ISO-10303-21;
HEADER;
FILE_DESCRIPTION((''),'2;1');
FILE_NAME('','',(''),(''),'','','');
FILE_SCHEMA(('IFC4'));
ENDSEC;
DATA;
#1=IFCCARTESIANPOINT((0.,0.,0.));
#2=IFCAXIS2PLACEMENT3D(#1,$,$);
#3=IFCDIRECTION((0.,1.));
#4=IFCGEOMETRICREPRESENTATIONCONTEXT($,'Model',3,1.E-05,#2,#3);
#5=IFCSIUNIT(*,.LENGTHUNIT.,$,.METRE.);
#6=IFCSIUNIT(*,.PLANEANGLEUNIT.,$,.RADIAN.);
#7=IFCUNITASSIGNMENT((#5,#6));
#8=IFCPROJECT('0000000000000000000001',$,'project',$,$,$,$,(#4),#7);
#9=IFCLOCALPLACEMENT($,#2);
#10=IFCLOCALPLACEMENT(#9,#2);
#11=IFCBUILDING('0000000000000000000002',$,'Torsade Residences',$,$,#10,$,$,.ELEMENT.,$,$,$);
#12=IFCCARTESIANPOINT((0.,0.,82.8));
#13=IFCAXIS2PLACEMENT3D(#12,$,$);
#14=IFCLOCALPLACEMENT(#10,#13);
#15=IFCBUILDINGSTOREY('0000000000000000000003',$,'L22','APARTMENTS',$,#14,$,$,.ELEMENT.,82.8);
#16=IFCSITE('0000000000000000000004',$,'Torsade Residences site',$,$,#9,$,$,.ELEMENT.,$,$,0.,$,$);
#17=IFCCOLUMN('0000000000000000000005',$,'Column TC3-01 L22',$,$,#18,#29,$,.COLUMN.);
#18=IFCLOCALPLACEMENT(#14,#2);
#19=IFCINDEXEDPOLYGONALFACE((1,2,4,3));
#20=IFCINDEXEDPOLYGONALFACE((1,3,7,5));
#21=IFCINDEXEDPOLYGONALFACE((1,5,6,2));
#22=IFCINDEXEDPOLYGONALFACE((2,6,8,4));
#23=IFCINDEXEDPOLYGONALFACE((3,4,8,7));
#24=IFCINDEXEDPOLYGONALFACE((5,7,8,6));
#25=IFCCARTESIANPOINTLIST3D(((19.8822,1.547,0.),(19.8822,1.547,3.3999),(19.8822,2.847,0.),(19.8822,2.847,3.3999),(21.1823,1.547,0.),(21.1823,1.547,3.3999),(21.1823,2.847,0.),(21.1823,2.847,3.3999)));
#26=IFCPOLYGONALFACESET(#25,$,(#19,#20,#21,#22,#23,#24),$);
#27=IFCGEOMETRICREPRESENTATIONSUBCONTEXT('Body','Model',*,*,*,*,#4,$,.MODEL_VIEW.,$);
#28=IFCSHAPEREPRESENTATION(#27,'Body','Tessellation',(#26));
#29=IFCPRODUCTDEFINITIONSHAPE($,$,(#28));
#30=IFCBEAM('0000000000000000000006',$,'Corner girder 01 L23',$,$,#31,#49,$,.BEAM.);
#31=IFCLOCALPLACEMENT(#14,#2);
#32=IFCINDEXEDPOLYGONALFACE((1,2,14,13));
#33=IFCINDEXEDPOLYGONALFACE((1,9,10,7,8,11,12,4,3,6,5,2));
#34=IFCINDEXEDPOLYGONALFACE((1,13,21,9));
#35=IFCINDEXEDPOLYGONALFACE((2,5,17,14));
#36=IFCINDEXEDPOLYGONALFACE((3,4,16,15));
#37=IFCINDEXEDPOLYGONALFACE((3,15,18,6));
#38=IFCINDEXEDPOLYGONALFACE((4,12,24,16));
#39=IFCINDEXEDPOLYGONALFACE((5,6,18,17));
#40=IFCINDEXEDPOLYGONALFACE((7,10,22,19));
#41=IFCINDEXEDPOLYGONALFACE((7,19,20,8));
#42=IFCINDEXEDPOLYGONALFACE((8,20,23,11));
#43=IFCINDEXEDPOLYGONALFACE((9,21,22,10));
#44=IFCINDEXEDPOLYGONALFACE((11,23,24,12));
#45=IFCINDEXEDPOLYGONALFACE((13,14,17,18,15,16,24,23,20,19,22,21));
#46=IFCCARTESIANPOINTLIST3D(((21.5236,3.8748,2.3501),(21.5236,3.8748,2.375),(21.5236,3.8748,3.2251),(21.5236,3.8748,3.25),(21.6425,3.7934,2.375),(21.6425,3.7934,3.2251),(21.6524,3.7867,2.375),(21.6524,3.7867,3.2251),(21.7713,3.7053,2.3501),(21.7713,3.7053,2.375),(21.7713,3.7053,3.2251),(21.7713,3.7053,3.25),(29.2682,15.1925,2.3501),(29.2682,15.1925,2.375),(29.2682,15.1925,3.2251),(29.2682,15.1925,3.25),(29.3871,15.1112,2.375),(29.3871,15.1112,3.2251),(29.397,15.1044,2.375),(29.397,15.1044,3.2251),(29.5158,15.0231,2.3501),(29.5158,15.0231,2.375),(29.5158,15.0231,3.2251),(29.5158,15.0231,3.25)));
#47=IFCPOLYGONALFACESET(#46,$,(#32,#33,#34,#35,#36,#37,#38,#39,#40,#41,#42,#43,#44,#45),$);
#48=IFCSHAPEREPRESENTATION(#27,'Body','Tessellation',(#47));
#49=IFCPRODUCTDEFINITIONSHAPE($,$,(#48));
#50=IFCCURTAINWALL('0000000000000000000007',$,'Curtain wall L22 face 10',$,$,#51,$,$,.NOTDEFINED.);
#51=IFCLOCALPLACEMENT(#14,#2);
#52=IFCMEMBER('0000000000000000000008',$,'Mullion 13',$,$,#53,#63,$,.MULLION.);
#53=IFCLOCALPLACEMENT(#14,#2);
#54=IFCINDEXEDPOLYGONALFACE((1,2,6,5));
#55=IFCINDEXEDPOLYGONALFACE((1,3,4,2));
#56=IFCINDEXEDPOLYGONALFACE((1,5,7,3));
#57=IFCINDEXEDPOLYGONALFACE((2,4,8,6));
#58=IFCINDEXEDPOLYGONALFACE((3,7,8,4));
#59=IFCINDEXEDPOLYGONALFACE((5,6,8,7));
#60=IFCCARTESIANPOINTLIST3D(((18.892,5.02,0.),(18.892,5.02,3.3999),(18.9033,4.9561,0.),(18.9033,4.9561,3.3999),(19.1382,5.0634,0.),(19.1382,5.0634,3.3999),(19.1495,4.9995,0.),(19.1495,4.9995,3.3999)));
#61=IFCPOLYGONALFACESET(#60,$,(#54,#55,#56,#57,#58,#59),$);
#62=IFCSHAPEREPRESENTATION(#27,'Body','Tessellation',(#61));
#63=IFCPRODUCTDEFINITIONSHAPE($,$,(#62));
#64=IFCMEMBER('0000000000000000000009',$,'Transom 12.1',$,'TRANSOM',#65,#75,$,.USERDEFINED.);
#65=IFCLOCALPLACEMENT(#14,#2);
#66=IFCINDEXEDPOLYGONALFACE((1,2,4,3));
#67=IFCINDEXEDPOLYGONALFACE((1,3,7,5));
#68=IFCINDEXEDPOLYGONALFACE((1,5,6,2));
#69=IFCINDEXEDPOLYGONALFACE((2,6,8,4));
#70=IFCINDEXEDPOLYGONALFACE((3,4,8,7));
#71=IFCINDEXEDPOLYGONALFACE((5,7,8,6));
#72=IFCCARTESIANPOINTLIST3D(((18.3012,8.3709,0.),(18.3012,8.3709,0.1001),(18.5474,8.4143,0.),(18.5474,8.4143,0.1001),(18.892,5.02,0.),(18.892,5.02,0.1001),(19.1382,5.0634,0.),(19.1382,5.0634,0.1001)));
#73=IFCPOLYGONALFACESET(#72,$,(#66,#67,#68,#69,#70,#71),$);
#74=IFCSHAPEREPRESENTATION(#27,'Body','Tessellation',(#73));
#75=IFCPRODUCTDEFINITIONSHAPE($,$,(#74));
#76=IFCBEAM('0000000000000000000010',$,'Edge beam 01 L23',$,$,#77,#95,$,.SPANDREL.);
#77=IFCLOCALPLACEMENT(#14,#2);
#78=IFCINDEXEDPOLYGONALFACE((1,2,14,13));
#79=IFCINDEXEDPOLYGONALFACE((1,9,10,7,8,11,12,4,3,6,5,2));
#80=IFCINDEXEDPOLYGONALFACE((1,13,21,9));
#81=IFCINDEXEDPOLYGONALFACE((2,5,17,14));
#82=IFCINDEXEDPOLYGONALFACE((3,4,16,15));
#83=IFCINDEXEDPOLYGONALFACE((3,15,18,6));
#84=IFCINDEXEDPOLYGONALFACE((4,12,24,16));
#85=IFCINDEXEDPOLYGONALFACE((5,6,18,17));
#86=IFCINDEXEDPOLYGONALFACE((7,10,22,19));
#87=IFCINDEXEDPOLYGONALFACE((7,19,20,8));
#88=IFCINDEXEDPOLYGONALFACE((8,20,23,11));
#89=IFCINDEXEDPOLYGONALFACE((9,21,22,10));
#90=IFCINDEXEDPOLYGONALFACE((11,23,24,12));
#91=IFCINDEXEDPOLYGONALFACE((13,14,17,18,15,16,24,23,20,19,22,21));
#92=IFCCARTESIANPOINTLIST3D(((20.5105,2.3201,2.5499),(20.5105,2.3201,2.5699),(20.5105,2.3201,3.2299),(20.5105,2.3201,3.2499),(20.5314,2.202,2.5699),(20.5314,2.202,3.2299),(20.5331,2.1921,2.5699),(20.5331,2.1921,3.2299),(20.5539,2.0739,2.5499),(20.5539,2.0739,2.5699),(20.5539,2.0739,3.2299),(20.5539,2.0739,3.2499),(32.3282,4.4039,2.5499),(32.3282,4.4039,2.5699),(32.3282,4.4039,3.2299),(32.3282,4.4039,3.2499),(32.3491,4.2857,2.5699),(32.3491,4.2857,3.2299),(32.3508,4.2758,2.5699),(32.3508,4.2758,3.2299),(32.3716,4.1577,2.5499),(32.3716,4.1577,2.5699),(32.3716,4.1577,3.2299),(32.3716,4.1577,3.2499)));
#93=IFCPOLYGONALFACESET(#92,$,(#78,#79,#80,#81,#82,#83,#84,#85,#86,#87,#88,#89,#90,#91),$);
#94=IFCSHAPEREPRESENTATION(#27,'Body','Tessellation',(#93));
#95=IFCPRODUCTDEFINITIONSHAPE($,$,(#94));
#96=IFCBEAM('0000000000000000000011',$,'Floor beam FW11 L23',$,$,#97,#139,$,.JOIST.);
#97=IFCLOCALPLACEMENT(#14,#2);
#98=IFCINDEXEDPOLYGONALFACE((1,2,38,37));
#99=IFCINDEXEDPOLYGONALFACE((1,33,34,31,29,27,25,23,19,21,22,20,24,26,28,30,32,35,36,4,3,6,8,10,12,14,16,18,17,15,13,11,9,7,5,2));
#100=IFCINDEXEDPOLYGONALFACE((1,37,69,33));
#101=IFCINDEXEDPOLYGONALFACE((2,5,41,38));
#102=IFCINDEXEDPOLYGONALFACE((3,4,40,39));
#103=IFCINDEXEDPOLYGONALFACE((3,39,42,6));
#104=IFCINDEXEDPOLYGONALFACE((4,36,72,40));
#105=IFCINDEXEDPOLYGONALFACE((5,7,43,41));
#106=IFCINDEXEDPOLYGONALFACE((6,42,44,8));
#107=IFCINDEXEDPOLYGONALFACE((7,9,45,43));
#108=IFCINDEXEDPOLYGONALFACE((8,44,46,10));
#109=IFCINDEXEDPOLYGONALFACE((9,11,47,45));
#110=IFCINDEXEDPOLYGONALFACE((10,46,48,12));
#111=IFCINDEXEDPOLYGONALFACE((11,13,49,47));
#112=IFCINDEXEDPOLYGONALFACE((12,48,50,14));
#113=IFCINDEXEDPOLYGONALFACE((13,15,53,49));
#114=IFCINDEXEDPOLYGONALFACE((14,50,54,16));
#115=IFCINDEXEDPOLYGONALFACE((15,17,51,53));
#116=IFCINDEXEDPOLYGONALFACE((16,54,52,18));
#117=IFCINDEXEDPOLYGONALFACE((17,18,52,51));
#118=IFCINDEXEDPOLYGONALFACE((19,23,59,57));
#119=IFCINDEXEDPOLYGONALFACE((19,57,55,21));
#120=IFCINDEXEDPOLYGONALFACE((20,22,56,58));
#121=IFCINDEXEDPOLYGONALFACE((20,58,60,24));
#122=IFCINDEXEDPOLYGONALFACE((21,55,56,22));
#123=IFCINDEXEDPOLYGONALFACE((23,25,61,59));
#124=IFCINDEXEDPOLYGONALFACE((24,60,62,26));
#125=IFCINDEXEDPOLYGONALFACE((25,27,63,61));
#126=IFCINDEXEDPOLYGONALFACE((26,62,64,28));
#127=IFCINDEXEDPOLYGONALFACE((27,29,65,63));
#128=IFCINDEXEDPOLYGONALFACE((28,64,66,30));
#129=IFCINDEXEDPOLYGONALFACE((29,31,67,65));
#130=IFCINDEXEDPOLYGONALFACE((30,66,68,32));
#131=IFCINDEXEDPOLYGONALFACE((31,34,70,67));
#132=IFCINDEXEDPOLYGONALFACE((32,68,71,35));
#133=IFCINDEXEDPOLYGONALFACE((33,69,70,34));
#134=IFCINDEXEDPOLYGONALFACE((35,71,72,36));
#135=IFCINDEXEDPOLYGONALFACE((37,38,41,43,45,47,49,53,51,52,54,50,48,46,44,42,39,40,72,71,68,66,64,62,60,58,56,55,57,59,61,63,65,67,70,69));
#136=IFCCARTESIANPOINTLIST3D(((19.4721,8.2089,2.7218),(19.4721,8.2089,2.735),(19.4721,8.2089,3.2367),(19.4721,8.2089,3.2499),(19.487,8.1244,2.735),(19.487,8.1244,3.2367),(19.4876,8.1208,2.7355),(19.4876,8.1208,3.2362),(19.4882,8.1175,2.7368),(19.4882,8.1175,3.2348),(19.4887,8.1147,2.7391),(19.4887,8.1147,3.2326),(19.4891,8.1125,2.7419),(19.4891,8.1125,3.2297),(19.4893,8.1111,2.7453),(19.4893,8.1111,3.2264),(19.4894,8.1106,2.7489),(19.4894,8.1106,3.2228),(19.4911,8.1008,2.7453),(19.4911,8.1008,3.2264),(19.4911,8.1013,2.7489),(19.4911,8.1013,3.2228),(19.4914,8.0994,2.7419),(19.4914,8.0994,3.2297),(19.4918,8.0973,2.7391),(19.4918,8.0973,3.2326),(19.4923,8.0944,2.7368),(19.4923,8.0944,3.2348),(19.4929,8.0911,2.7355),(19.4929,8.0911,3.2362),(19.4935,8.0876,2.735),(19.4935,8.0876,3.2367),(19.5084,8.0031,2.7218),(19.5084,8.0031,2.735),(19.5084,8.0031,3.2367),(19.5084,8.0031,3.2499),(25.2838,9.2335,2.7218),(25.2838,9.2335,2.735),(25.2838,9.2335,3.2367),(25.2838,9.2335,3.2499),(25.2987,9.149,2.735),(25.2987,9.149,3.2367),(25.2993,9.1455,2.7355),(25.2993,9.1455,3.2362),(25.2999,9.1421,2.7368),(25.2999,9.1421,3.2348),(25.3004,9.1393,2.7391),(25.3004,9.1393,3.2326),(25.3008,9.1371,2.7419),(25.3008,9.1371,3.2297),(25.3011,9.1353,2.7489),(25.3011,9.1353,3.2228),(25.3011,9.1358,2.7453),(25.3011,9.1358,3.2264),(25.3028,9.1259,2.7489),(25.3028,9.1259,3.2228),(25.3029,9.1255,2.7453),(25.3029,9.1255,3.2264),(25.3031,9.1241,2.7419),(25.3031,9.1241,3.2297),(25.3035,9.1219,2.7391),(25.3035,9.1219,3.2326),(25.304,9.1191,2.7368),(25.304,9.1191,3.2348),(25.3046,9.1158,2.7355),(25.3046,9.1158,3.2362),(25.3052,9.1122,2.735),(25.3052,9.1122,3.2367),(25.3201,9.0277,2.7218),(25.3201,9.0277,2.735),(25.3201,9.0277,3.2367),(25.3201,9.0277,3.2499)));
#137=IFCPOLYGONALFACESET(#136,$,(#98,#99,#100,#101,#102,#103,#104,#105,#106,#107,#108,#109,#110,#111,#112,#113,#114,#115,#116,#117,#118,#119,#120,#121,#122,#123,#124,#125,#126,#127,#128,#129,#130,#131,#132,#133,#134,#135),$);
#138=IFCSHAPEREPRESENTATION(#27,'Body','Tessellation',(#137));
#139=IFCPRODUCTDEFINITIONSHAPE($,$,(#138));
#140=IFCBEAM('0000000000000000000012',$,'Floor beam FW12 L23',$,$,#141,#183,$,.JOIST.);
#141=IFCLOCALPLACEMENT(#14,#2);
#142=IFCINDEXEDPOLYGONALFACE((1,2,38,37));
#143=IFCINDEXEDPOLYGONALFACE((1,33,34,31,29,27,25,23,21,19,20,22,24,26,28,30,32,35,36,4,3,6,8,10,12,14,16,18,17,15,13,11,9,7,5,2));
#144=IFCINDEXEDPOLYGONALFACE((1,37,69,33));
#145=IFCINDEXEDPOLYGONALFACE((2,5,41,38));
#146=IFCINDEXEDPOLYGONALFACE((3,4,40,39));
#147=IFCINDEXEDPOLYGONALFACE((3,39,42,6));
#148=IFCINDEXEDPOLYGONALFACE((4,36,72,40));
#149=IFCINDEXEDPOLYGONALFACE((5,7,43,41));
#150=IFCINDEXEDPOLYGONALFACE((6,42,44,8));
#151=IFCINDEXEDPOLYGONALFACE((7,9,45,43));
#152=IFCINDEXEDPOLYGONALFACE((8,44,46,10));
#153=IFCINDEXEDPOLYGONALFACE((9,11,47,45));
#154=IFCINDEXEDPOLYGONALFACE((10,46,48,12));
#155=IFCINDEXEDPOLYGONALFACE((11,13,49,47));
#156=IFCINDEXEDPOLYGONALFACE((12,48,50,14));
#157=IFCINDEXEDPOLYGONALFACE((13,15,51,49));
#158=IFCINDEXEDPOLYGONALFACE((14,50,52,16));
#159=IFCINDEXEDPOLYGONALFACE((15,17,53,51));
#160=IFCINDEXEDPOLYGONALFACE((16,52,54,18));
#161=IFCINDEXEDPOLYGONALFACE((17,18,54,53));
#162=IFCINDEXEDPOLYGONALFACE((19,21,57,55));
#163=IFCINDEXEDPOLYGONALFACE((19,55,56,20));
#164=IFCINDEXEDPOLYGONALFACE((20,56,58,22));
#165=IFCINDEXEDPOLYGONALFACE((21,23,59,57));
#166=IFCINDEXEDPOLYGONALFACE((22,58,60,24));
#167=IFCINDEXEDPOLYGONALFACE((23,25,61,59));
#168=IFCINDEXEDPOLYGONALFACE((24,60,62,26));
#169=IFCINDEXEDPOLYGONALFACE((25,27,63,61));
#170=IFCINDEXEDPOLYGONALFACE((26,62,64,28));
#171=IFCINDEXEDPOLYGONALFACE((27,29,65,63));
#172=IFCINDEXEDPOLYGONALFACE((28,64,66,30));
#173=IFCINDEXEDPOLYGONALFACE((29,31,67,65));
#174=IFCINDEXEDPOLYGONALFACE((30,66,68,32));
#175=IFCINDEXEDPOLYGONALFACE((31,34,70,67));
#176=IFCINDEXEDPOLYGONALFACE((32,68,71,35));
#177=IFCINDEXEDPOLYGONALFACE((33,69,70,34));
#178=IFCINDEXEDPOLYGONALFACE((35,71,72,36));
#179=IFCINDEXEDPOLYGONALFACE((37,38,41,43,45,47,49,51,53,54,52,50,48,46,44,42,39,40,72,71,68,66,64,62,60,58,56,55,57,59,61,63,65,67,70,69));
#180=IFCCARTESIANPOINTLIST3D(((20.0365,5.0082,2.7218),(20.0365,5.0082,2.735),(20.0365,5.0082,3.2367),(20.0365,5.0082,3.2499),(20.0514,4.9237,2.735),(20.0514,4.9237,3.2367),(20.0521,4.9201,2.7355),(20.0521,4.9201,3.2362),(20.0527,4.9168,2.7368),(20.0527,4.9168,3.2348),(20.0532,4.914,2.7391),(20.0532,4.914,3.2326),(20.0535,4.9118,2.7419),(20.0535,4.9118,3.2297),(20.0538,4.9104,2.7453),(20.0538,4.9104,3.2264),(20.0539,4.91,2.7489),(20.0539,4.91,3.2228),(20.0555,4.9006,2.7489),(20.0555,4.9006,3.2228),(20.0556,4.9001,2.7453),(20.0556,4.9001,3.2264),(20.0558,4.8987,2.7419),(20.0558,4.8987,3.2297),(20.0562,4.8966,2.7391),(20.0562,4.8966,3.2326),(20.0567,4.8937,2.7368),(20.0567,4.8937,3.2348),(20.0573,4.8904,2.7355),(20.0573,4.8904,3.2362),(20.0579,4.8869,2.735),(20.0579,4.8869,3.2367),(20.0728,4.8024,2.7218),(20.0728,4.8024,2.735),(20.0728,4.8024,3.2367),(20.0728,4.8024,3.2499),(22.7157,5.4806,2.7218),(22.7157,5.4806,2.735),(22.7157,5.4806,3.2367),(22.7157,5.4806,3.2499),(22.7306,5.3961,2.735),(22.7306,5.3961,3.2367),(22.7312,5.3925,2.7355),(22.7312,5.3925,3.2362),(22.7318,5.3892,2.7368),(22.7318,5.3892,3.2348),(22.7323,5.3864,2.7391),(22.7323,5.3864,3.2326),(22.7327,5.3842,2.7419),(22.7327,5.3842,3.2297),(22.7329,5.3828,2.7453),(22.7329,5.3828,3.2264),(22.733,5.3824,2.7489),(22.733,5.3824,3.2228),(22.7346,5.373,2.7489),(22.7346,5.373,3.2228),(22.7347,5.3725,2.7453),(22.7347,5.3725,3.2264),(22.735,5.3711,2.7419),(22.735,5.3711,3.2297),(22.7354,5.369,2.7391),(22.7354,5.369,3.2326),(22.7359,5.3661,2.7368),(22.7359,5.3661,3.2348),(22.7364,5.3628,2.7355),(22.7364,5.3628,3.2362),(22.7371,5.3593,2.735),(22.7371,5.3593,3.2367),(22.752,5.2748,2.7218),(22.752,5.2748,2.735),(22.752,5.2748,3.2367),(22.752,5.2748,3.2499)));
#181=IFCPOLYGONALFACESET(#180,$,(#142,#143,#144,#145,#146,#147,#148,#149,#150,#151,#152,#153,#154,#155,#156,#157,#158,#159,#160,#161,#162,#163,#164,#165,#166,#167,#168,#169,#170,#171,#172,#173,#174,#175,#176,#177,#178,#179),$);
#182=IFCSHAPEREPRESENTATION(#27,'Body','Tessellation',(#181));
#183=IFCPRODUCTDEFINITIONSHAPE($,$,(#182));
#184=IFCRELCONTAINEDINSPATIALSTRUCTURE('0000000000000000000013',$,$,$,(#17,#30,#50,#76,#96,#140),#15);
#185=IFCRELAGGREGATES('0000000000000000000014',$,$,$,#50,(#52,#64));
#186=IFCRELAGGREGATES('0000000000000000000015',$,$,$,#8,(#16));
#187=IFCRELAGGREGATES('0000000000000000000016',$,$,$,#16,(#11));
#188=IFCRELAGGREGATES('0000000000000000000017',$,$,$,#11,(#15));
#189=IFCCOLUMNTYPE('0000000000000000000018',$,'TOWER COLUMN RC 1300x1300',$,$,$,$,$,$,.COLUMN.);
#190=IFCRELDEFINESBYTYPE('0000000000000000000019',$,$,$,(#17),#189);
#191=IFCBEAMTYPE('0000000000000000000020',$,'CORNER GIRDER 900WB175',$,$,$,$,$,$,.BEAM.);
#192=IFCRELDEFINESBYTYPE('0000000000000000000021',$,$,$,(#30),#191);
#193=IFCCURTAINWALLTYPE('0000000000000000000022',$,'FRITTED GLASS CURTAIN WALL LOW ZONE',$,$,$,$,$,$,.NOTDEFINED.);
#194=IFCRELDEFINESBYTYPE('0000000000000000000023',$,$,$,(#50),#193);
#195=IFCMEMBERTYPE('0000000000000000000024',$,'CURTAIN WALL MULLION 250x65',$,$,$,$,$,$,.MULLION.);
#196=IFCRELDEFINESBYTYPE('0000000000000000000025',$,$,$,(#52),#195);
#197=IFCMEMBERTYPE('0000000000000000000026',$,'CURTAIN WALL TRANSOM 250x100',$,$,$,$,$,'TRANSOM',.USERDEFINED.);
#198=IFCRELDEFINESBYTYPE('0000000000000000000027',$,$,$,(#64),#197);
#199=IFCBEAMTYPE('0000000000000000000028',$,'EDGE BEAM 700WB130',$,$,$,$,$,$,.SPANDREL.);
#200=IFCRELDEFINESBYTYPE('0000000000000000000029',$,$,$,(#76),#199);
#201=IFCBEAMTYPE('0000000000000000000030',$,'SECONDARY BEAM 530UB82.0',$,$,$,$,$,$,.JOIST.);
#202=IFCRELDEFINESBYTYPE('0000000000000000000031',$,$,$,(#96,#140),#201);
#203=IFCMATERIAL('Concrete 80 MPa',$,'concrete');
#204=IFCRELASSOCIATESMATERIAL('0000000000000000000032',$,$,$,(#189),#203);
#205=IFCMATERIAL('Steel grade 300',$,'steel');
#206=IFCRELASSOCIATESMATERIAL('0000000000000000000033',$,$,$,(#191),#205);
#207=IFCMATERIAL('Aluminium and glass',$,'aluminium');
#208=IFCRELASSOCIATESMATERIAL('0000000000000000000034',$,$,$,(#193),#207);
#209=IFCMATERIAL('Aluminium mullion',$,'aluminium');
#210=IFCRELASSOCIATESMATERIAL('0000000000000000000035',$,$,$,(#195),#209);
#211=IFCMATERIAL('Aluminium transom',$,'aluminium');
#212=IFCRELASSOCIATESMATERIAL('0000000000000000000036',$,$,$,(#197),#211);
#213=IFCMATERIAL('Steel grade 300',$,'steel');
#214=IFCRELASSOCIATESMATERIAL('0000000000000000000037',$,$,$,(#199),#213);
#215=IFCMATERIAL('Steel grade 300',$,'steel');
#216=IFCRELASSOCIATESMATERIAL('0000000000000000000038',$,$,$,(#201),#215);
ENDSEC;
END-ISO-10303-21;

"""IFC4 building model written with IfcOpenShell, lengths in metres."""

from ifc_helpers import new_model, si_unit, direction, frame, origin, origin_2d, place, context, subcontext, project, spatial, rectangle, i_section, extrude, material, material_profile, profile_set, type_object, element, aggregate, save


model = new_model("IFC4")

# Units and contexts
model_context = context("Model", 3, precision=1e-05, world=origin(), true_north=direction((0.0, 1.0)))
body_context = subcontext(model_context, "Body", "Model", "MODEL_VIEW")
ifc_project = project(units=[si_unit("LENGTHUNIT", "METRE"), si_unit("PLANEANGLEUNIT", "RADIAN")], contexts=[model_context])

# Site, building, storey
site_placement = place(None, origin())
site = spatial("IfcSite", under=ifc_project, at=site_placement, Name="Torsade Residences site", CompositionType="ELEMENT", RefElevation=0.0)
building_placement = place(site_placement, origin())
building = spatial("IfcBuilding", under=site, at=building_placement, Name="Torsade Residences", CompositionType="ELEMENT")
storey_placement = place(building_placement, frame((0.0, 0.0, 82.8)))
storey = spatial("IfcBuildingStorey", under=building, at=storey_placement, Name="L22", Description="APARTMENTS", CompositionType="ELEMENT", Elevation=82.8)

# Column
ifc_material_1 = material(Name="Concrete 80 MPa", Category="concrete")
ifc_material_profile_1 = material_profile(ifc_material_1, rectangle(XDim=1.3, YDim=1.3, at=origin_2d()), Name="RC 1300x1300")
ifc_profile_set_1 = profile_set([ifc_material_profile_1], Name="Concrete 80 MPa")
column_type = type_object("IfcColumnType", Name="TOWER COLUMN RC 1300x1300", PredefinedType="COLUMN", material=ifc_profile_set_1)
column_placement = place(storey_placement, frame((20.5322, 2.197, 0.0), z_axis=(0.0, 0.0, 1.0), x_axis=(1.0, 0.0, 0.0)))
element("IfcColumn", 1, at=column_placement, inside=storey, type_object=column_type, Name="Column TC3-01 L22", PredefinedType="COLUMN", context=body_context, shape_type="SweptSolid", body=[
    extrude(rectangle(XDim=1.3, YDim=1.3, at=origin_2d()), origin(), (0.0, 0.0, 1.0), 3.3999),
])

# Beam
ifc_material_2 = material(Name="Steel grade 300", Category="steel")
ifc_material_profile_2 = material_profile(ifc_material_2, i_section(OverallWidth=0.3, OverallDepth=0.8999, WebThickness=0.012, FlangeThickness=0.0249, at=origin_2d()), Name="900WB175")
ifc_profile_set_2 = profile_set([ifc_material_profile_2], Name="Steel grade 300")
beam_type_1 = type_object("IfcBeamType", Name="CORNER GIRDER 900WB175", PredefinedType="BEAM", material=ifc_profile_set_2)
beam_1_placement = place(storey_placement, frame((21.6475, 3.79, 2.8), z_axis=(0.564725, 0.825279, 0.0), x_axis=(-0.825279, 0.564725, 0.0)))
element("IfcBeam", 2, at=beam_1_placement, inside=storey, type_object=beam_type_1, Name="Corner girder 01 L23", PredefinedType="BEAM", context=body_context, shape_type="SweptSolid", body=[
    extrude(i_section(OverallWidth=0.3, OverallDepth=0.8999, WebThickness=0.012, FlangeThickness=0.0249, at=origin_2d()), origin(), (0.0, 0.0, 1.0), 13.7139),
])

# Curtain wall, members
ifc_material_3 = material(Name="Aluminium and glass", Category="aluminium")
curtain_wall_type = type_object("IfcCurtainWallType", Name="FRITTED GLASS CURTAIN WALL LOW ZONE", PredefinedType="NOTDEFINED", material=ifc_material_3)
curtain_wall_placement = place(storey_placement, origin())
curtain_wall = element("IfcCurtainWall", 3, at=curtain_wall_placement, inside=storey, type_object=curtain_wall_type, Name="Curtain wall L22 face 10", PredefinedType="NOTDEFINED")
ifc_material_4 = material(Name="Aluminium mullion", Category="aluminium")
ifc_material_profile_3 = material_profile(ifc_material_4, rectangle(XDim=0.25, YDim=0.0649, at=origin_2d()), Name="CURTAIN WALL MULLION 250x65")
ifc_profile_set_3 = profile_set([ifc_material_profile_3], Name="Aluminium mullion")
member_type_1 = type_object("IfcMemberType", Name="CURTAIN WALL MULLION 250x65", PredefinedType="MULLION", material=ifc_profile_set_3)
member_1_placement = place(storey_placement, frame((19.0208, 5.0098, 0.0), z_axis=(0.0, 0.0, 1.0), x_axis=(0.984808, 0.173648, 0.0)))
member_1 = element("IfcMember", 4, at=member_1_placement, type_object=member_type_1, Name="Mullion 13", PredefinedType="MULLION", context=body_context, shape_type="SweptSolid", body=[
    extrude(rectangle(XDim=0.25, YDim=0.0649, at=origin_2d()), origin(), (0.0, 0.0, 1.0), 3.3999),
])
ifc_material_5 = material(Name="Aluminium transom", Category="aluminium")
ifc_material_profile_4 = material_profile(ifc_material_5, rectangle(XDim=0.25, YDim=0.1001, at=origin_2d()), Name="CURTAIN WALL TRANSOM 250x100")
ifc_profile_set_4 = profile_set([ifc_material_profile_4], Name="Aluminium transom")
member_type_2 = type_object("IfcMemberType", Name="CURTAIN WALL TRANSOM 250x100", ElementType="TRANSOM", PredefinedType="USERDEFINED", material=ifc_profile_set_4)
member_2_placement = place(storey_placement, frame((18.4243, 8.3926, 0.05), z_axis=(0.173642, -0.984809, 0.0), x_axis=(0.984809, 0.173642, 0.0)))
member_2 = element("IfcMember", 5, at=member_2_placement, type_object=member_type_2, Name="Transom 12.1", ObjectType="TRANSOM", PredefinedType="USERDEFINED", context=body_context, shape_type="SweptSolid", body=[
    extrude(rectangle(XDim=0.25, YDim=0.1001, at=origin_2d()), origin(), (0.0, 0.0, 1.0), 3.4026),
])

# Beams
ifc_material_6 = material(Name="Steel grade 300", Category="steel")
ifc_material_profile_5 = material_profile(ifc_material_6, i_section(OverallWidth=0.25, OverallDepth=0.7, WebThickness=0.01, FlangeThickness=0.02, at=origin_2d()), Name="700WB130")
ifc_profile_set_5 = profile_set([ifc_material_profile_5], Name="Steel grade 300")
beam_type_2 = type_object("IfcBeamType", Name="EDGE BEAM 700WB130", PredefinedType="SPANDREL", material=ifc_profile_set_5)
beam_2_placement = place(storey_placement, frame((20.5322, 2.197, 2.8999), z_axis=(0.984808, 0.173646, 0.0), x_axis=(-0.173646, 0.984808, 0.0)))
element("IfcBeam", 6, at=beam_2_placement, inside=storey, type_object=beam_type_2, Name="Edge beam 01 L23", PredefinedType="SPANDREL", context=body_context, shape_type="SweptSolid", body=[
    extrude(i_section(OverallWidth=0.25, OverallDepth=0.7, WebThickness=0.01, FlangeThickness=0.02, at=origin_2d()), origin(), (0.0, 0.0, 1.0), 12.0),
])
ifc_material_7 = material(Name="Steel grade 300", Category="steel")
ifc_material_profile_6 = material_profile(ifc_material_7, i_section(OverallWidth=0.209, OverallDepth=0.5281, WebThickness=0.0095, FlangeThickness=0.0132, FilletRadius=0.0139, at=origin_2d()), Name="530UB82.0")
ifc_profile_set_6 = profile_set([ifc_material_profile_6], Name="Steel grade 300")
beam_type_3 = type_object("IfcBeamType", Name="SECONDARY BEAM 530UB82.0", PredefinedType="JOIST", material=ifc_profile_set_6)
beam_3_placement = place(storey_placement, frame((19.4902, 8.106, 2.9858), z_axis=(0.984811, 0.17363, 0.0), x_axis=(-0.17363, 0.984811, 0.0)))
element("IfcBeam", 7, at=beam_3_placement, inside=storey, type_object=beam_type_3, Name="Floor beam FW11 L23", PredefinedType="JOIST", context=body_context, shape_type="SweptSolid", body=[
    extrude(i_section(OverallWidth=0.209, OverallDepth=0.5281, WebThickness=0.0095, FlangeThickness=0.0132, FilletRadius=0.0139, at=origin_2d()), origin(), (0.0, 0.0, 1.0), 5.9014),
])
beam_4_placement = place(storey_placement, frame((20.0547, 4.9053, 2.9858), z_axis=(0.984808, 0.173647, 0.0), x_axis=(-0.173647, 0.984808, 0.0)))
element("IfcBeam", 8, at=beam_4_placement, inside=storey, type_object=beam_type_3, Name="Floor beam FW12 L23", PredefinedType="JOIST", context=body_context, shape_type="SweptSolid", body=[
    extrude(i_section(OverallWidth=0.209, OverallDepth=0.5281, WebThickness=0.0095, FlangeThickness=0.0132, FilletRadius=0.0139, at=origin_2d()), origin(), (0.0, 0.0, 1.0), 2.7205),
])

aggregate(curtain_wall, [member_1, member_2])

save(model, "model.ifc")
